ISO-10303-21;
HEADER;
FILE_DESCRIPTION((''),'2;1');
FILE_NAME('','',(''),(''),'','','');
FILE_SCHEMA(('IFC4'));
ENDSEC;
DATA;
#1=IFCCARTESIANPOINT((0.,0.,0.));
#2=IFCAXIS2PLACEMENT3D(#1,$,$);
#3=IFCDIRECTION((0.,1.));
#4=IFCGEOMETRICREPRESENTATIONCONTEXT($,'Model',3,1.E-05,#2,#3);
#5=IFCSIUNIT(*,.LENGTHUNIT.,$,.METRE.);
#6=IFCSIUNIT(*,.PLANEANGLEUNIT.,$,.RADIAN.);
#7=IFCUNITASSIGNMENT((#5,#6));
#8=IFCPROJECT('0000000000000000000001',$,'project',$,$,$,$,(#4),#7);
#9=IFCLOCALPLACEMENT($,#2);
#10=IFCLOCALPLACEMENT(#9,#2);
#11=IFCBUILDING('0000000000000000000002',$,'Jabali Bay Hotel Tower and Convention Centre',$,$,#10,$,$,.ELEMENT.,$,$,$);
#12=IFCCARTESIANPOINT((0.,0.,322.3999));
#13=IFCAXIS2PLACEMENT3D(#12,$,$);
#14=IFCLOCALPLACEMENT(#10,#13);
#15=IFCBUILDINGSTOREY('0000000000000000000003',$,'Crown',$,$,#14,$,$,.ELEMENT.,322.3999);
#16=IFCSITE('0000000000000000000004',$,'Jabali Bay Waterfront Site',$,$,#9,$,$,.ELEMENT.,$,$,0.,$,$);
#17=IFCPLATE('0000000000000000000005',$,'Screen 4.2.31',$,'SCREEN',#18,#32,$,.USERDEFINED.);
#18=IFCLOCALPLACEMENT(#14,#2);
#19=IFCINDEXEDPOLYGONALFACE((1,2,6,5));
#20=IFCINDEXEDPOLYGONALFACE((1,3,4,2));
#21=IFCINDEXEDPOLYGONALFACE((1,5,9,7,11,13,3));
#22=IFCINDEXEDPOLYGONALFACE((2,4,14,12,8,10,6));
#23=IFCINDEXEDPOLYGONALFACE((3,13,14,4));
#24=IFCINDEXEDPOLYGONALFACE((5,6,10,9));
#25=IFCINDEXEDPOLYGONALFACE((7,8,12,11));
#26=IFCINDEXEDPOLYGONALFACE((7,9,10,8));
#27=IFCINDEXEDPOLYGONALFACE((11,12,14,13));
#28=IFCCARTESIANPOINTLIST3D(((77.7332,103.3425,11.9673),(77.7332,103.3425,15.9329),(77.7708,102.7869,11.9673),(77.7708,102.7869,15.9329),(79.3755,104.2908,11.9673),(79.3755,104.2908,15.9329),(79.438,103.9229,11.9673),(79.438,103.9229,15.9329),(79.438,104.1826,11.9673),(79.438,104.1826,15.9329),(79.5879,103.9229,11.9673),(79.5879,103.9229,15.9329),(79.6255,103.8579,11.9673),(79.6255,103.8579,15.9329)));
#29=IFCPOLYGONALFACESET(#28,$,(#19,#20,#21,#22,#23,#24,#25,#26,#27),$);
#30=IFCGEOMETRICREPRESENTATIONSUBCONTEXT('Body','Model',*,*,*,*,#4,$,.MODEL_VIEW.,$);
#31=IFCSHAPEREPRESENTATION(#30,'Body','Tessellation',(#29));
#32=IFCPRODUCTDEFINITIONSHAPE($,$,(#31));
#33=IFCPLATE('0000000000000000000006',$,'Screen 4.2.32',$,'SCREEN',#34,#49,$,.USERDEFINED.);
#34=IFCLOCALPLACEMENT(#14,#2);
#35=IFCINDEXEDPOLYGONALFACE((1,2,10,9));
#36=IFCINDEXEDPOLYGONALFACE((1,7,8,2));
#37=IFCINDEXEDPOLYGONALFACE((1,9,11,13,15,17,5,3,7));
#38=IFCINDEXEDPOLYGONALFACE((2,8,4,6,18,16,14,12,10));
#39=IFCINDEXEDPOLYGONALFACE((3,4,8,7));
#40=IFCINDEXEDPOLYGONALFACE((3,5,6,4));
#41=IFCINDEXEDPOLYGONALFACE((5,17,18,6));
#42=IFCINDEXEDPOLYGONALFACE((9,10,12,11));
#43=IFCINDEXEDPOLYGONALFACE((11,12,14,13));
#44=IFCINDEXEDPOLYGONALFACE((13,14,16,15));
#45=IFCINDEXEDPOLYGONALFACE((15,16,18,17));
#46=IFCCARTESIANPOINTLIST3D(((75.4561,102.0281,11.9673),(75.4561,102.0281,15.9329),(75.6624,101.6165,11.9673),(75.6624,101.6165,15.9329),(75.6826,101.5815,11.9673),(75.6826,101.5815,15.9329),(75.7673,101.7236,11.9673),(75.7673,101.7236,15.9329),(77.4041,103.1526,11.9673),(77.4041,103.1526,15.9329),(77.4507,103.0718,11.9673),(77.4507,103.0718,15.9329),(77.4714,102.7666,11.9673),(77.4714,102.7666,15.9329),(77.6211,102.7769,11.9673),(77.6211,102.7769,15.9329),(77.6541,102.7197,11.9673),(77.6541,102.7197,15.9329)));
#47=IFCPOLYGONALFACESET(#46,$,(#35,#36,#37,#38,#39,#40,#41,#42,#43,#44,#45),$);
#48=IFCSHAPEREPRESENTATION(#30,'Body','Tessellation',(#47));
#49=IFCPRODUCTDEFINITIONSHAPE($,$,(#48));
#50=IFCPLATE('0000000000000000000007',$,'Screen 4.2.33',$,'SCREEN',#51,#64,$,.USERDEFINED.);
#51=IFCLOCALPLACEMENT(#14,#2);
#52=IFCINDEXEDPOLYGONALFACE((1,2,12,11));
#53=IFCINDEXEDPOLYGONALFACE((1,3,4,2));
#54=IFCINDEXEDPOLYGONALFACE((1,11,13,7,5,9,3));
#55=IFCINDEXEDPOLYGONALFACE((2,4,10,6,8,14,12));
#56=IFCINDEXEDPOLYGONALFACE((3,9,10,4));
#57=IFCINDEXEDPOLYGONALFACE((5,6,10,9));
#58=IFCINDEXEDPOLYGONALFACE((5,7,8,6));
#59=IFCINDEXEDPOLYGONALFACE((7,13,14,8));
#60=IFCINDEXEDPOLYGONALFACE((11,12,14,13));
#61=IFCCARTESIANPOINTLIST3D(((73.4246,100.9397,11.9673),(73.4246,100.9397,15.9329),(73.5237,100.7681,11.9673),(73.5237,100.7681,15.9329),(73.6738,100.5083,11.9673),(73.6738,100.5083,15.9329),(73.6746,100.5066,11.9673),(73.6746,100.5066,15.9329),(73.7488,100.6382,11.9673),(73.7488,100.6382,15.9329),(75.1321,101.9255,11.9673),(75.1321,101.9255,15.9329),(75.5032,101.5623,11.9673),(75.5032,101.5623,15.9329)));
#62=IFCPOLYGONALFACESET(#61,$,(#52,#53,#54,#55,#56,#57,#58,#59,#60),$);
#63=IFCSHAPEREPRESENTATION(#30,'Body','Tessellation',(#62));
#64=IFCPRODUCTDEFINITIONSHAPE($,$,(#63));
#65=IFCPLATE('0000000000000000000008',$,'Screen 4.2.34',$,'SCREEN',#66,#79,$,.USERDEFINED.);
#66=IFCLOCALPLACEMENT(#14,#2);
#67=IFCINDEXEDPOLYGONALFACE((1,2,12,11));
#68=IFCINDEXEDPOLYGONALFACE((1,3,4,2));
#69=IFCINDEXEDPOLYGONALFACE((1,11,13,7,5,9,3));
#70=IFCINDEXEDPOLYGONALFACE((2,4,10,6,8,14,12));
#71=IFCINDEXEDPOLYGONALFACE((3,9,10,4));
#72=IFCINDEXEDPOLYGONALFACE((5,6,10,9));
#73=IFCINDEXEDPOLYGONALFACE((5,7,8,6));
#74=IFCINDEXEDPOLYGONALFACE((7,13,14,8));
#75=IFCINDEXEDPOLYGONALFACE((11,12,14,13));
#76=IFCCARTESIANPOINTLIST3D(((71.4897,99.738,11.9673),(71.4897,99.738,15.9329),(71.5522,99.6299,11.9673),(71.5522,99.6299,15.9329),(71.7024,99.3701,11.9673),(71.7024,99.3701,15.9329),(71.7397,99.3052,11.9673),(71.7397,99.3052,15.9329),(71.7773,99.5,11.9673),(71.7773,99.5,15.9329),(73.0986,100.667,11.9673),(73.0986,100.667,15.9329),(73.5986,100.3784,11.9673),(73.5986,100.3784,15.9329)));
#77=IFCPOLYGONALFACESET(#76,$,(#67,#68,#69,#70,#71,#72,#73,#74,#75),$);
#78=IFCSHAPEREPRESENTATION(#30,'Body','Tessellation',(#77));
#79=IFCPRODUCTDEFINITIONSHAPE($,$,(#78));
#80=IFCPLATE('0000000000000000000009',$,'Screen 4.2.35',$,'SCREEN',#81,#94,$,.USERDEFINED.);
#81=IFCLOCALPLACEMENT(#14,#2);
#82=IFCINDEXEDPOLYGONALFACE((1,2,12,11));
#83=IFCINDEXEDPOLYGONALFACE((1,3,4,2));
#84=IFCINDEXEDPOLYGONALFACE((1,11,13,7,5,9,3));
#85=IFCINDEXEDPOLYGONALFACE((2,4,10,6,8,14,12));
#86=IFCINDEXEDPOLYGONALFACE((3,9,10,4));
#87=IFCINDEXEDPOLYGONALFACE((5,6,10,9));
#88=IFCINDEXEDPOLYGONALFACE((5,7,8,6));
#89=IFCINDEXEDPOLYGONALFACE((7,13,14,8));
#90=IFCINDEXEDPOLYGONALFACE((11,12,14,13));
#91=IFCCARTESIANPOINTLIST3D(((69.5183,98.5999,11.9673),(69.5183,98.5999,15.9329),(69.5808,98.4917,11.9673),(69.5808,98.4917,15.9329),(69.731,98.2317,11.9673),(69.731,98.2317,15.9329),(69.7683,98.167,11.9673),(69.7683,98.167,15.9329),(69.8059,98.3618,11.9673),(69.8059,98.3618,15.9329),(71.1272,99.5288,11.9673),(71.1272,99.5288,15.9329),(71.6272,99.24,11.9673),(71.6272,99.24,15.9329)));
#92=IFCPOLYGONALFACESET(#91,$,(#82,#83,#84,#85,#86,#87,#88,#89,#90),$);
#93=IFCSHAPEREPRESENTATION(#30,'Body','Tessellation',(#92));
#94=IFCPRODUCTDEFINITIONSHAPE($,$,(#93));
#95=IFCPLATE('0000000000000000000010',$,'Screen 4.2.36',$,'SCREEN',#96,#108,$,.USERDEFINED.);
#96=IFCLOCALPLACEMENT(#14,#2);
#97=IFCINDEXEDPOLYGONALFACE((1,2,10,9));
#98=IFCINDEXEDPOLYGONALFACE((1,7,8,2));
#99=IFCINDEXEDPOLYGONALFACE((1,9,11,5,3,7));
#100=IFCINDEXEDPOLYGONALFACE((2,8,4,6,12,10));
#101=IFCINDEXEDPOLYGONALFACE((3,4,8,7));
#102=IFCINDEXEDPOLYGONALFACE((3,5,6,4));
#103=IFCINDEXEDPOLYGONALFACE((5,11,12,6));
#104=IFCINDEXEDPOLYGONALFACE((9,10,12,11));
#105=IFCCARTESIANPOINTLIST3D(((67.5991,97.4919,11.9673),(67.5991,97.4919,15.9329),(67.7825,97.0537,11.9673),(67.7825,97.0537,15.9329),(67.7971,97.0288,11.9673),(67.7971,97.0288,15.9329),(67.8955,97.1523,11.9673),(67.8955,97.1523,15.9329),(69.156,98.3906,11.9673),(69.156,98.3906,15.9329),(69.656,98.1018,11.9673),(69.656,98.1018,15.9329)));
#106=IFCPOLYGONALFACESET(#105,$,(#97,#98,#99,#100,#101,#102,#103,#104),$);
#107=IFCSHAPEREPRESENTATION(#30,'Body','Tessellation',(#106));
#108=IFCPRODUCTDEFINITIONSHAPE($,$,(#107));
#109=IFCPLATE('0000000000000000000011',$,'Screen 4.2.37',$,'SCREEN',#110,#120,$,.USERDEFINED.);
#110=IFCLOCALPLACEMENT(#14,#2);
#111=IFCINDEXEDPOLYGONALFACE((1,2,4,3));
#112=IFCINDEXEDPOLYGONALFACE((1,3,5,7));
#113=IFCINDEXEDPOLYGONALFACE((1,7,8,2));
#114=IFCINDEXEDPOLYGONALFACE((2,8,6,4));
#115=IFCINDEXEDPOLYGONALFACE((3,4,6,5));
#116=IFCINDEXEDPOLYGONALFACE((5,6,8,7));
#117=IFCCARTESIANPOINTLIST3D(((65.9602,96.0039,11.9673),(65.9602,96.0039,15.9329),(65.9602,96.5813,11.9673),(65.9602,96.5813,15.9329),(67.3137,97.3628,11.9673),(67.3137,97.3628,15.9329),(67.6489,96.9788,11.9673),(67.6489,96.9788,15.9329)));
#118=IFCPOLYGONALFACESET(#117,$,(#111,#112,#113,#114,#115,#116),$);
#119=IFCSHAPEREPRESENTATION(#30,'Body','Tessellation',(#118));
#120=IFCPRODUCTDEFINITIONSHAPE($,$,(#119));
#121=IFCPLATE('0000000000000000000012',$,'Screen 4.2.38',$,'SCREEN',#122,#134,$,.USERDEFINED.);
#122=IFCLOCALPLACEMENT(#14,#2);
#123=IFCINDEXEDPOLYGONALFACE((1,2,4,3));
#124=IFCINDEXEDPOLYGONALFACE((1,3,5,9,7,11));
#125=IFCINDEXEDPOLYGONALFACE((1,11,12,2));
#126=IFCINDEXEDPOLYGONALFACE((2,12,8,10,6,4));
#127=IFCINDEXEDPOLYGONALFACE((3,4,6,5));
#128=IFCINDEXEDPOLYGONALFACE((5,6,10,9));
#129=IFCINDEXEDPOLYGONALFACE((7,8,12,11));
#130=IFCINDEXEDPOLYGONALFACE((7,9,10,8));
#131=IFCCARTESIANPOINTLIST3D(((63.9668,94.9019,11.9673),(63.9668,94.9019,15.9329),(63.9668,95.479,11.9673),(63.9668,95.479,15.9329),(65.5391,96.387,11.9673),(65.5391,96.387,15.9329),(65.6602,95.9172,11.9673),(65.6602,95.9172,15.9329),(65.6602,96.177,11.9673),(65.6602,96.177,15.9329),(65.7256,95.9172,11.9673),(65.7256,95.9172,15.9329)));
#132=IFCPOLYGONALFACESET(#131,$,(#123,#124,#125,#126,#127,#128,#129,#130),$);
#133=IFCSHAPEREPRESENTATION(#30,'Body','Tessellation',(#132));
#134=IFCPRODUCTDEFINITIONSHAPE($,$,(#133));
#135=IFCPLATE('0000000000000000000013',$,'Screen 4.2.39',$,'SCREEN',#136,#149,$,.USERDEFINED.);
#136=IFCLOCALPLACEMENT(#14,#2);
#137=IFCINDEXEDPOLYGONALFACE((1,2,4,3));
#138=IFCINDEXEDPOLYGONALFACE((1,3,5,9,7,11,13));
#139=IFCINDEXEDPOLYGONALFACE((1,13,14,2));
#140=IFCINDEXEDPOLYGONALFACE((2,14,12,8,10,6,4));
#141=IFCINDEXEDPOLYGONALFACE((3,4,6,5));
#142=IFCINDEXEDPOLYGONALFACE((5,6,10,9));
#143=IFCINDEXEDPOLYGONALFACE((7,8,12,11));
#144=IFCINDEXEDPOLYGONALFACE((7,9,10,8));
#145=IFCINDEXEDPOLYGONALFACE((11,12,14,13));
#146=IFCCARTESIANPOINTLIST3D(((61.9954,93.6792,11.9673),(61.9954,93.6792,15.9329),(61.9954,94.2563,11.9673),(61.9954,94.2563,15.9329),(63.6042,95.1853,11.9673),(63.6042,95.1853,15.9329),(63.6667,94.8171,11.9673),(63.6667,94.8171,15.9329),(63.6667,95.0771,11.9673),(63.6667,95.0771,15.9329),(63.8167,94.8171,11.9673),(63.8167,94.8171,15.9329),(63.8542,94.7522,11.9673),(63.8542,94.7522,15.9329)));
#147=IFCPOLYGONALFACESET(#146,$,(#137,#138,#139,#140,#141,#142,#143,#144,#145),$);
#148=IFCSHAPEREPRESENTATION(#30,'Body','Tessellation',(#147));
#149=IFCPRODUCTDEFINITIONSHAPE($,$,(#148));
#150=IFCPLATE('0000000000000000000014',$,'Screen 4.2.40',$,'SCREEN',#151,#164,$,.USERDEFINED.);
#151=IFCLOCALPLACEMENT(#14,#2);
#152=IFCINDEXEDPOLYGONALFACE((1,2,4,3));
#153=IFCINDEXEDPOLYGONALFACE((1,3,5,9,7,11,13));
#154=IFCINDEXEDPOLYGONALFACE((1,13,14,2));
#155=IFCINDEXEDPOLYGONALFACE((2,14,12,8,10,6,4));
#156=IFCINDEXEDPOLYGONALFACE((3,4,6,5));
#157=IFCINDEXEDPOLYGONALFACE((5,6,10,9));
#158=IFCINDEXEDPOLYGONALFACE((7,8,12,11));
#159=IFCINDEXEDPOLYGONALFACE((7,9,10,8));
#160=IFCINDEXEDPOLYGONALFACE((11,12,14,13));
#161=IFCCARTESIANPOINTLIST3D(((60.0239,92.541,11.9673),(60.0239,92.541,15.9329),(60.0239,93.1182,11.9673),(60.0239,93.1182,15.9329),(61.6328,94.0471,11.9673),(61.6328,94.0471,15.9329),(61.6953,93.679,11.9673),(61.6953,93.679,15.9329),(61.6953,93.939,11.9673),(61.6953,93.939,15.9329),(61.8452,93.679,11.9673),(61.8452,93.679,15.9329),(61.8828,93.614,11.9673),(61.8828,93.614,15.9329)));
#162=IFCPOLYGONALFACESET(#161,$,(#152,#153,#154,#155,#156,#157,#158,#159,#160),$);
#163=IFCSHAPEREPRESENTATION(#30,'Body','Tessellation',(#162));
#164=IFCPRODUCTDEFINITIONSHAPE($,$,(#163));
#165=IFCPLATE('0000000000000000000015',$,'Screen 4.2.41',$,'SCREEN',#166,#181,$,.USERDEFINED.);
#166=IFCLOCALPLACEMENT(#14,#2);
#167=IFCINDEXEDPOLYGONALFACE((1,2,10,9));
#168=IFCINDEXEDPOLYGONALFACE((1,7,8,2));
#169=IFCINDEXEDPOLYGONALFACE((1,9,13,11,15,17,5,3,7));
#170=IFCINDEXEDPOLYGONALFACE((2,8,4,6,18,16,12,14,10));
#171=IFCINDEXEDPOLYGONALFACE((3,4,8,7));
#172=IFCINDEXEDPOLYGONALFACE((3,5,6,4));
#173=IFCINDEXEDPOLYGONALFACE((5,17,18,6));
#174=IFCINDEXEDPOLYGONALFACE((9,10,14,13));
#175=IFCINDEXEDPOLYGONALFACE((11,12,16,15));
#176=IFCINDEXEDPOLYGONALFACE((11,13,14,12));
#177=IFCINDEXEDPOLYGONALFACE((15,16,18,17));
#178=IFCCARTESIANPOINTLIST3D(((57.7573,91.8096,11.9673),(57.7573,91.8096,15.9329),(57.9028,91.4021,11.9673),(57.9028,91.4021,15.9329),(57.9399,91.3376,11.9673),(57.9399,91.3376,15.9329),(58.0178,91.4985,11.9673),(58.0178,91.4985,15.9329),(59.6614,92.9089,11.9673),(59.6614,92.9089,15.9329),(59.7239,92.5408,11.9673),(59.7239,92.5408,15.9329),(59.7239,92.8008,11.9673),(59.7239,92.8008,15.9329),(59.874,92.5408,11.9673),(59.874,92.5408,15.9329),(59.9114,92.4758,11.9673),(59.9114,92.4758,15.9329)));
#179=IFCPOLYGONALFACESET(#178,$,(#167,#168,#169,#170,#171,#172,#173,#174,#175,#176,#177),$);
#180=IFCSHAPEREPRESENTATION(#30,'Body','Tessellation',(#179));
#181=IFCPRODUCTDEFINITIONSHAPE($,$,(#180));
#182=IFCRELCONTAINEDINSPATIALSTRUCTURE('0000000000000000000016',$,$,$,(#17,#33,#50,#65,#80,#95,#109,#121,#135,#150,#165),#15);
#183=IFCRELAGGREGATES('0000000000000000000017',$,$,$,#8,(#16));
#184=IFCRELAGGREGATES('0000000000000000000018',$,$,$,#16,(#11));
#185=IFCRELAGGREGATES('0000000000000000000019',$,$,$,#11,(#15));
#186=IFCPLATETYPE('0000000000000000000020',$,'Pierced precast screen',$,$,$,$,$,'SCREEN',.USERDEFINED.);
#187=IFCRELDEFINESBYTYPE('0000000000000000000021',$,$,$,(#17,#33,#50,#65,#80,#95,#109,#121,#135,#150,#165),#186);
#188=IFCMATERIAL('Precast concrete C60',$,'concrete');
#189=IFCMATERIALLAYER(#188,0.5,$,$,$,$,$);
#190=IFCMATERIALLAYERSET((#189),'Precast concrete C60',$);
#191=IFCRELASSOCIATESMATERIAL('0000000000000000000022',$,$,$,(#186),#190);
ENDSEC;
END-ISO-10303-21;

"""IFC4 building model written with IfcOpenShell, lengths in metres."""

from ifc_helpers import new_model, si_unit, direction, frame, origin, place, context, subcontext, project, spatial, polyline, outline, extrude, material, layer, layer_set, type_object, element, save


model = new_model("IFC4")

# Units and contexts
model_context = context("Model", 3, precision=1e-05, world=origin(), true_north=direction((0.0, 1.0)))
body_context = subcontext(model_context, "Body", "Model", "MODEL_VIEW")
ifc_project = project(units=[si_unit("LENGTHUNIT", "METRE"), si_unit("PLANEANGLEUNIT", "RADIAN")], contexts=[model_context])

# Site, building, storey
site_placement = place(None, origin())
site = spatial("IfcSite", under=ifc_project, at=site_placement, Name="Jabali Bay Waterfront Site", CompositionType="ELEMENT", RefElevation=0.0)
building_placement = place(site_placement, origin())
building = spatial("IfcBuilding", under=site, at=building_placement, Name="Jabali Bay Hotel Tower and Convention Centre", CompositionType="ELEMENT")
storey_placement = place(building_placement, frame((0.0, 0.0, 322.3999)))
storey = spatial("IfcBuildingStorey", under=building, at=storey_placement, Name="Crown", CompositionType="ELEMENT", Elevation=322.3999)

# Plates
ifc_material = material(Name="Precast concrete C60", Category="concrete")
ifc_layer = layer(ifc_material, 0.5)
ifc_layer_set = layer_set([ifc_layer], Name="Precast concrete C60")
plate_type = type_object("IfcPlateType", Name="Pierced precast screen", ElementType="SCREEN", PredefinedType="USERDEFINED", material=ifc_layer_set)
plate_1_placement = place(storey_placement, frame((0.0, 0.0, 11.9673)))
element("IfcPlate", 1, at=plate_1_placement, inside=storey, type_object=plate_type, Name="Screen 4.2.31", ObjectType="SCREEN", PredefinedType="USERDEFINED", context=body_context, shape_type="SweptSolid", body=[
    extrude(outline(polyline([(77.7708, 102.7869), (79.6255, 103.8579), (79.5879, 103.9229), (79.438, 103.9229), (79.438, 104.1826), (79.3755, 104.2908), (77.7332, 103.3425), (77.7708, 102.7869)])), origin(), (0.0, 0.0, 1.0), 3.9656),
])
plate_2_placement = place(storey_placement, frame((0.0, 0.0, 11.9673)))
element("IfcPlate", 2, at=plate_2_placement, inside=storey, type_object=plate_type, Name="Screen 4.2.32", ObjectType="SCREEN", PredefinedType="USERDEFINED", context=body_context, shape_type="SweptSolid", body=[
    extrude(outline(polyline([(75.6826, 101.5815), (77.6541, 102.7197), (77.6211, 102.7769), (77.4714, 102.7666), (77.4507, 103.0718), (77.4041, 103.1526), (75.4561, 102.0281), (75.7673, 101.7236), (75.6624, 101.6165), (75.6826, 101.5815)])), origin(), (0.0, 0.0, 1.0), 3.9656),
])
plate_3_placement = place(storey_placement, frame((0.0, 0.0, 11.9673)))
element("IfcPlate", 3, at=plate_3_placement, inside=storey, type_object=plate_type, Name="Screen 4.2.33", ObjectType="SCREEN", PredefinedType="USERDEFINED", context=body_context, shape_type="SweptSolid", body=[
    extrude(outline(polyline([(73.6746, 100.5066), (75.5032, 101.5623), (75.1321, 101.9255), (73.4246, 100.9397), (73.5237, 100.7681), (73.7488, 100.6382), (73.6738, 100.5083), (73.6746, 100.5066)])), origin(), (0.0, 0.0, 1.0), 3.9656),
])
plate_4_placement = place(storey_placement, frame((0.0, 0.0, 11.9673)))
element("IfcPlate", 4, at=plate_4_placement, inside=storey, type_object=plate_type, Name="Screen 4.2.34", ObjectType="SCREEN", PredefinedType="USERDEFINED", context=body_context, shape_type="SweptSolid", body=[
    extrude(outline(polyline([(71.7397, 99.3052), (73.5986, 100.3784), (73.0986, 100.667), (71.4897, 99.738), (71.5522, 99.6299), (71.7773, 99.5), (71.7024, 99.3701), (71.7397, 99.3052)])), origin(), (0.0, 0.0, 1.0), 3.9656),
])
plate_5_placement = place(storey_placement, frame((0.0, 0.0, 11.9673)))
element("IfcPlate", 5, at=plate_5_placement, inside=storey, type_object=plate_type, Name="Screen 4.2.35", ObjectType="SCREEN", PredefinedType="USERDEFINED", context=body_context, shape_type="SweptSolid", body=[
    extrude(outline(polyline([(69.7683, 98.167), (71.6272, 99.24), (71.1272, 99.5288), (69.5183, 98.5999), (69.5808, 98.4917), (69.8059, 98.3618), (69.731, 98.2317), (69.7683, 98.167)])), origin(), (0.0, 0.0, 1.0), 3.9656),
])
plate_6_placement = place(storey_placement, frame((0.0, 0.0, 11.9673)))
element("IfcPlate", 6, at=plate_6_placement, inside=storey, type_object=plate_type, Name="Screen 4.2.36", ObjectType="SCREEN", PredefinedType="USERDEFINED", context=body_context, shape_type="SweptSolid", body=[
    extrude(outline(polyline([(67.7971, 97.0288), (69.656, 98.1018), (69.156, 98.3906), (67.5991, 97.4919), (67.8955, 97.1523), (67.7825, 97.0537), (67.7971, 97.0288)])), origin(), (0.0, 0.0, 1.0), 3.9656),
])
plate_7_placement = place(storey_placement, frame((0.0, 0.0, 11.9673)))
element("IfcPlate", 7, at=plate_7_placement, inside=storey, type_object=plate_type, Name="Screen 4.2.37", ObjectType="SCREEN", PredefinedType="USERDEFINED", context=body_context, shape_type="SweptSolid", body=[
    extrude(outline(polyline([(65.9602, 96.0039), (67.6489, 96.9788), (67.3137, 97.3628), (65.9602, 96.5813), (65.9602, 96.0039)])), origin(), (0.0, 0.0, 1.0), 3.9656),
])
plate_8_placement = place(storey_placement, frame((0.0, 0.0, 11.9673)))
element("IfcPlate", 8, at=plate_8_placement, inside=storey, type_object=plate_type, Name="Screen 4.2.38", ObjectType="SCREEN", PredefinedType="USERDEFINED", context=body_context, shape_type="SweptSolid", body=[
    extrude(outline(polyline([(63.9668, 94.9019), (65.7256, 95.9172), (65.6602, 95.9172), (65.6602, 96.177), (65.5391, 96.387), (63.9668, 95.479), (63.9668, 94.9019)])), origin(), (0.0, 0.0, 1.0), 3.9656),
])
plate_9_placement = place(storey_placement, frame((0.0, 0.0, 11.9673)))
element("IfcPlate", 9, at=plate_9_placement, inside=storey, type_object=plate_type, Name="Screen 4.2.39", ObjectType="SCREEN", PredefinedType="USERDEFINED", context=body_context, shape_type="SweptSolid", body=[
    extrude(outline(polyline([(61.9954, 93.6792), (63.8542, 94.7522), (63.8167, 94.8171), (63.6667, 94.8171), (63.6667, 95.0771), (63.6042, 95.1853), (61.9954, 94.2563), (61.9954, 93.6792)])), origin(), (0.0, 0.0, 1.0), 3.9656),
])
plate_10_placement = place(storey_placement, frame((0.0, 0.0, 11.9673)))
element("IfcPlate", 10, at=plate_10_placement, inside=storey, type_object=plate_type, Name="Screen 4.2.40", ObjectType="SCREEN", PredefinedType="USERDEFINED", context=body_context, shape_type="SweptSolid", body=[
    extrude(outline(polyline([(60.0239, 92.541), (61.8828, 93.614), (61.8452, 93.679), (61.6953, 93.679), (61.6953, 93.939), (61.6328, 94.0471), (60.0239, 93.1182), (60.0239, 92.541)])), origin(), (0.0, 0.0, 1.0), 3.9656),
])
plate_11_placement = place(storey_placement, frame((0.0, 0.0, 11.9673)))
element("IfcPlate", 11, at=plate_11_placement, inside=storey, type_object=plate_type, Name="Screen 4.2.41", ObjectType="SCREEN", PredefinedType="USERDEFINED", context=body_context, shape_type="SweptSolid", body=[
    extrude(outline(polyline([(57.9399, 91.3376), (59.9114, 92.4758), (59.874, 92.5408), (59.7239, 92.5408), (59.7239, 92.8008), (59.6614, 92.9089), (57.7573, 91.8096), (58.0178, 91.4985), (57.9028, 91.4021), (57.9399, 91.3376)])), origin(), (0.0, 0.0, 1.0), 3.9656),
])

save(model, "model.ifc")
